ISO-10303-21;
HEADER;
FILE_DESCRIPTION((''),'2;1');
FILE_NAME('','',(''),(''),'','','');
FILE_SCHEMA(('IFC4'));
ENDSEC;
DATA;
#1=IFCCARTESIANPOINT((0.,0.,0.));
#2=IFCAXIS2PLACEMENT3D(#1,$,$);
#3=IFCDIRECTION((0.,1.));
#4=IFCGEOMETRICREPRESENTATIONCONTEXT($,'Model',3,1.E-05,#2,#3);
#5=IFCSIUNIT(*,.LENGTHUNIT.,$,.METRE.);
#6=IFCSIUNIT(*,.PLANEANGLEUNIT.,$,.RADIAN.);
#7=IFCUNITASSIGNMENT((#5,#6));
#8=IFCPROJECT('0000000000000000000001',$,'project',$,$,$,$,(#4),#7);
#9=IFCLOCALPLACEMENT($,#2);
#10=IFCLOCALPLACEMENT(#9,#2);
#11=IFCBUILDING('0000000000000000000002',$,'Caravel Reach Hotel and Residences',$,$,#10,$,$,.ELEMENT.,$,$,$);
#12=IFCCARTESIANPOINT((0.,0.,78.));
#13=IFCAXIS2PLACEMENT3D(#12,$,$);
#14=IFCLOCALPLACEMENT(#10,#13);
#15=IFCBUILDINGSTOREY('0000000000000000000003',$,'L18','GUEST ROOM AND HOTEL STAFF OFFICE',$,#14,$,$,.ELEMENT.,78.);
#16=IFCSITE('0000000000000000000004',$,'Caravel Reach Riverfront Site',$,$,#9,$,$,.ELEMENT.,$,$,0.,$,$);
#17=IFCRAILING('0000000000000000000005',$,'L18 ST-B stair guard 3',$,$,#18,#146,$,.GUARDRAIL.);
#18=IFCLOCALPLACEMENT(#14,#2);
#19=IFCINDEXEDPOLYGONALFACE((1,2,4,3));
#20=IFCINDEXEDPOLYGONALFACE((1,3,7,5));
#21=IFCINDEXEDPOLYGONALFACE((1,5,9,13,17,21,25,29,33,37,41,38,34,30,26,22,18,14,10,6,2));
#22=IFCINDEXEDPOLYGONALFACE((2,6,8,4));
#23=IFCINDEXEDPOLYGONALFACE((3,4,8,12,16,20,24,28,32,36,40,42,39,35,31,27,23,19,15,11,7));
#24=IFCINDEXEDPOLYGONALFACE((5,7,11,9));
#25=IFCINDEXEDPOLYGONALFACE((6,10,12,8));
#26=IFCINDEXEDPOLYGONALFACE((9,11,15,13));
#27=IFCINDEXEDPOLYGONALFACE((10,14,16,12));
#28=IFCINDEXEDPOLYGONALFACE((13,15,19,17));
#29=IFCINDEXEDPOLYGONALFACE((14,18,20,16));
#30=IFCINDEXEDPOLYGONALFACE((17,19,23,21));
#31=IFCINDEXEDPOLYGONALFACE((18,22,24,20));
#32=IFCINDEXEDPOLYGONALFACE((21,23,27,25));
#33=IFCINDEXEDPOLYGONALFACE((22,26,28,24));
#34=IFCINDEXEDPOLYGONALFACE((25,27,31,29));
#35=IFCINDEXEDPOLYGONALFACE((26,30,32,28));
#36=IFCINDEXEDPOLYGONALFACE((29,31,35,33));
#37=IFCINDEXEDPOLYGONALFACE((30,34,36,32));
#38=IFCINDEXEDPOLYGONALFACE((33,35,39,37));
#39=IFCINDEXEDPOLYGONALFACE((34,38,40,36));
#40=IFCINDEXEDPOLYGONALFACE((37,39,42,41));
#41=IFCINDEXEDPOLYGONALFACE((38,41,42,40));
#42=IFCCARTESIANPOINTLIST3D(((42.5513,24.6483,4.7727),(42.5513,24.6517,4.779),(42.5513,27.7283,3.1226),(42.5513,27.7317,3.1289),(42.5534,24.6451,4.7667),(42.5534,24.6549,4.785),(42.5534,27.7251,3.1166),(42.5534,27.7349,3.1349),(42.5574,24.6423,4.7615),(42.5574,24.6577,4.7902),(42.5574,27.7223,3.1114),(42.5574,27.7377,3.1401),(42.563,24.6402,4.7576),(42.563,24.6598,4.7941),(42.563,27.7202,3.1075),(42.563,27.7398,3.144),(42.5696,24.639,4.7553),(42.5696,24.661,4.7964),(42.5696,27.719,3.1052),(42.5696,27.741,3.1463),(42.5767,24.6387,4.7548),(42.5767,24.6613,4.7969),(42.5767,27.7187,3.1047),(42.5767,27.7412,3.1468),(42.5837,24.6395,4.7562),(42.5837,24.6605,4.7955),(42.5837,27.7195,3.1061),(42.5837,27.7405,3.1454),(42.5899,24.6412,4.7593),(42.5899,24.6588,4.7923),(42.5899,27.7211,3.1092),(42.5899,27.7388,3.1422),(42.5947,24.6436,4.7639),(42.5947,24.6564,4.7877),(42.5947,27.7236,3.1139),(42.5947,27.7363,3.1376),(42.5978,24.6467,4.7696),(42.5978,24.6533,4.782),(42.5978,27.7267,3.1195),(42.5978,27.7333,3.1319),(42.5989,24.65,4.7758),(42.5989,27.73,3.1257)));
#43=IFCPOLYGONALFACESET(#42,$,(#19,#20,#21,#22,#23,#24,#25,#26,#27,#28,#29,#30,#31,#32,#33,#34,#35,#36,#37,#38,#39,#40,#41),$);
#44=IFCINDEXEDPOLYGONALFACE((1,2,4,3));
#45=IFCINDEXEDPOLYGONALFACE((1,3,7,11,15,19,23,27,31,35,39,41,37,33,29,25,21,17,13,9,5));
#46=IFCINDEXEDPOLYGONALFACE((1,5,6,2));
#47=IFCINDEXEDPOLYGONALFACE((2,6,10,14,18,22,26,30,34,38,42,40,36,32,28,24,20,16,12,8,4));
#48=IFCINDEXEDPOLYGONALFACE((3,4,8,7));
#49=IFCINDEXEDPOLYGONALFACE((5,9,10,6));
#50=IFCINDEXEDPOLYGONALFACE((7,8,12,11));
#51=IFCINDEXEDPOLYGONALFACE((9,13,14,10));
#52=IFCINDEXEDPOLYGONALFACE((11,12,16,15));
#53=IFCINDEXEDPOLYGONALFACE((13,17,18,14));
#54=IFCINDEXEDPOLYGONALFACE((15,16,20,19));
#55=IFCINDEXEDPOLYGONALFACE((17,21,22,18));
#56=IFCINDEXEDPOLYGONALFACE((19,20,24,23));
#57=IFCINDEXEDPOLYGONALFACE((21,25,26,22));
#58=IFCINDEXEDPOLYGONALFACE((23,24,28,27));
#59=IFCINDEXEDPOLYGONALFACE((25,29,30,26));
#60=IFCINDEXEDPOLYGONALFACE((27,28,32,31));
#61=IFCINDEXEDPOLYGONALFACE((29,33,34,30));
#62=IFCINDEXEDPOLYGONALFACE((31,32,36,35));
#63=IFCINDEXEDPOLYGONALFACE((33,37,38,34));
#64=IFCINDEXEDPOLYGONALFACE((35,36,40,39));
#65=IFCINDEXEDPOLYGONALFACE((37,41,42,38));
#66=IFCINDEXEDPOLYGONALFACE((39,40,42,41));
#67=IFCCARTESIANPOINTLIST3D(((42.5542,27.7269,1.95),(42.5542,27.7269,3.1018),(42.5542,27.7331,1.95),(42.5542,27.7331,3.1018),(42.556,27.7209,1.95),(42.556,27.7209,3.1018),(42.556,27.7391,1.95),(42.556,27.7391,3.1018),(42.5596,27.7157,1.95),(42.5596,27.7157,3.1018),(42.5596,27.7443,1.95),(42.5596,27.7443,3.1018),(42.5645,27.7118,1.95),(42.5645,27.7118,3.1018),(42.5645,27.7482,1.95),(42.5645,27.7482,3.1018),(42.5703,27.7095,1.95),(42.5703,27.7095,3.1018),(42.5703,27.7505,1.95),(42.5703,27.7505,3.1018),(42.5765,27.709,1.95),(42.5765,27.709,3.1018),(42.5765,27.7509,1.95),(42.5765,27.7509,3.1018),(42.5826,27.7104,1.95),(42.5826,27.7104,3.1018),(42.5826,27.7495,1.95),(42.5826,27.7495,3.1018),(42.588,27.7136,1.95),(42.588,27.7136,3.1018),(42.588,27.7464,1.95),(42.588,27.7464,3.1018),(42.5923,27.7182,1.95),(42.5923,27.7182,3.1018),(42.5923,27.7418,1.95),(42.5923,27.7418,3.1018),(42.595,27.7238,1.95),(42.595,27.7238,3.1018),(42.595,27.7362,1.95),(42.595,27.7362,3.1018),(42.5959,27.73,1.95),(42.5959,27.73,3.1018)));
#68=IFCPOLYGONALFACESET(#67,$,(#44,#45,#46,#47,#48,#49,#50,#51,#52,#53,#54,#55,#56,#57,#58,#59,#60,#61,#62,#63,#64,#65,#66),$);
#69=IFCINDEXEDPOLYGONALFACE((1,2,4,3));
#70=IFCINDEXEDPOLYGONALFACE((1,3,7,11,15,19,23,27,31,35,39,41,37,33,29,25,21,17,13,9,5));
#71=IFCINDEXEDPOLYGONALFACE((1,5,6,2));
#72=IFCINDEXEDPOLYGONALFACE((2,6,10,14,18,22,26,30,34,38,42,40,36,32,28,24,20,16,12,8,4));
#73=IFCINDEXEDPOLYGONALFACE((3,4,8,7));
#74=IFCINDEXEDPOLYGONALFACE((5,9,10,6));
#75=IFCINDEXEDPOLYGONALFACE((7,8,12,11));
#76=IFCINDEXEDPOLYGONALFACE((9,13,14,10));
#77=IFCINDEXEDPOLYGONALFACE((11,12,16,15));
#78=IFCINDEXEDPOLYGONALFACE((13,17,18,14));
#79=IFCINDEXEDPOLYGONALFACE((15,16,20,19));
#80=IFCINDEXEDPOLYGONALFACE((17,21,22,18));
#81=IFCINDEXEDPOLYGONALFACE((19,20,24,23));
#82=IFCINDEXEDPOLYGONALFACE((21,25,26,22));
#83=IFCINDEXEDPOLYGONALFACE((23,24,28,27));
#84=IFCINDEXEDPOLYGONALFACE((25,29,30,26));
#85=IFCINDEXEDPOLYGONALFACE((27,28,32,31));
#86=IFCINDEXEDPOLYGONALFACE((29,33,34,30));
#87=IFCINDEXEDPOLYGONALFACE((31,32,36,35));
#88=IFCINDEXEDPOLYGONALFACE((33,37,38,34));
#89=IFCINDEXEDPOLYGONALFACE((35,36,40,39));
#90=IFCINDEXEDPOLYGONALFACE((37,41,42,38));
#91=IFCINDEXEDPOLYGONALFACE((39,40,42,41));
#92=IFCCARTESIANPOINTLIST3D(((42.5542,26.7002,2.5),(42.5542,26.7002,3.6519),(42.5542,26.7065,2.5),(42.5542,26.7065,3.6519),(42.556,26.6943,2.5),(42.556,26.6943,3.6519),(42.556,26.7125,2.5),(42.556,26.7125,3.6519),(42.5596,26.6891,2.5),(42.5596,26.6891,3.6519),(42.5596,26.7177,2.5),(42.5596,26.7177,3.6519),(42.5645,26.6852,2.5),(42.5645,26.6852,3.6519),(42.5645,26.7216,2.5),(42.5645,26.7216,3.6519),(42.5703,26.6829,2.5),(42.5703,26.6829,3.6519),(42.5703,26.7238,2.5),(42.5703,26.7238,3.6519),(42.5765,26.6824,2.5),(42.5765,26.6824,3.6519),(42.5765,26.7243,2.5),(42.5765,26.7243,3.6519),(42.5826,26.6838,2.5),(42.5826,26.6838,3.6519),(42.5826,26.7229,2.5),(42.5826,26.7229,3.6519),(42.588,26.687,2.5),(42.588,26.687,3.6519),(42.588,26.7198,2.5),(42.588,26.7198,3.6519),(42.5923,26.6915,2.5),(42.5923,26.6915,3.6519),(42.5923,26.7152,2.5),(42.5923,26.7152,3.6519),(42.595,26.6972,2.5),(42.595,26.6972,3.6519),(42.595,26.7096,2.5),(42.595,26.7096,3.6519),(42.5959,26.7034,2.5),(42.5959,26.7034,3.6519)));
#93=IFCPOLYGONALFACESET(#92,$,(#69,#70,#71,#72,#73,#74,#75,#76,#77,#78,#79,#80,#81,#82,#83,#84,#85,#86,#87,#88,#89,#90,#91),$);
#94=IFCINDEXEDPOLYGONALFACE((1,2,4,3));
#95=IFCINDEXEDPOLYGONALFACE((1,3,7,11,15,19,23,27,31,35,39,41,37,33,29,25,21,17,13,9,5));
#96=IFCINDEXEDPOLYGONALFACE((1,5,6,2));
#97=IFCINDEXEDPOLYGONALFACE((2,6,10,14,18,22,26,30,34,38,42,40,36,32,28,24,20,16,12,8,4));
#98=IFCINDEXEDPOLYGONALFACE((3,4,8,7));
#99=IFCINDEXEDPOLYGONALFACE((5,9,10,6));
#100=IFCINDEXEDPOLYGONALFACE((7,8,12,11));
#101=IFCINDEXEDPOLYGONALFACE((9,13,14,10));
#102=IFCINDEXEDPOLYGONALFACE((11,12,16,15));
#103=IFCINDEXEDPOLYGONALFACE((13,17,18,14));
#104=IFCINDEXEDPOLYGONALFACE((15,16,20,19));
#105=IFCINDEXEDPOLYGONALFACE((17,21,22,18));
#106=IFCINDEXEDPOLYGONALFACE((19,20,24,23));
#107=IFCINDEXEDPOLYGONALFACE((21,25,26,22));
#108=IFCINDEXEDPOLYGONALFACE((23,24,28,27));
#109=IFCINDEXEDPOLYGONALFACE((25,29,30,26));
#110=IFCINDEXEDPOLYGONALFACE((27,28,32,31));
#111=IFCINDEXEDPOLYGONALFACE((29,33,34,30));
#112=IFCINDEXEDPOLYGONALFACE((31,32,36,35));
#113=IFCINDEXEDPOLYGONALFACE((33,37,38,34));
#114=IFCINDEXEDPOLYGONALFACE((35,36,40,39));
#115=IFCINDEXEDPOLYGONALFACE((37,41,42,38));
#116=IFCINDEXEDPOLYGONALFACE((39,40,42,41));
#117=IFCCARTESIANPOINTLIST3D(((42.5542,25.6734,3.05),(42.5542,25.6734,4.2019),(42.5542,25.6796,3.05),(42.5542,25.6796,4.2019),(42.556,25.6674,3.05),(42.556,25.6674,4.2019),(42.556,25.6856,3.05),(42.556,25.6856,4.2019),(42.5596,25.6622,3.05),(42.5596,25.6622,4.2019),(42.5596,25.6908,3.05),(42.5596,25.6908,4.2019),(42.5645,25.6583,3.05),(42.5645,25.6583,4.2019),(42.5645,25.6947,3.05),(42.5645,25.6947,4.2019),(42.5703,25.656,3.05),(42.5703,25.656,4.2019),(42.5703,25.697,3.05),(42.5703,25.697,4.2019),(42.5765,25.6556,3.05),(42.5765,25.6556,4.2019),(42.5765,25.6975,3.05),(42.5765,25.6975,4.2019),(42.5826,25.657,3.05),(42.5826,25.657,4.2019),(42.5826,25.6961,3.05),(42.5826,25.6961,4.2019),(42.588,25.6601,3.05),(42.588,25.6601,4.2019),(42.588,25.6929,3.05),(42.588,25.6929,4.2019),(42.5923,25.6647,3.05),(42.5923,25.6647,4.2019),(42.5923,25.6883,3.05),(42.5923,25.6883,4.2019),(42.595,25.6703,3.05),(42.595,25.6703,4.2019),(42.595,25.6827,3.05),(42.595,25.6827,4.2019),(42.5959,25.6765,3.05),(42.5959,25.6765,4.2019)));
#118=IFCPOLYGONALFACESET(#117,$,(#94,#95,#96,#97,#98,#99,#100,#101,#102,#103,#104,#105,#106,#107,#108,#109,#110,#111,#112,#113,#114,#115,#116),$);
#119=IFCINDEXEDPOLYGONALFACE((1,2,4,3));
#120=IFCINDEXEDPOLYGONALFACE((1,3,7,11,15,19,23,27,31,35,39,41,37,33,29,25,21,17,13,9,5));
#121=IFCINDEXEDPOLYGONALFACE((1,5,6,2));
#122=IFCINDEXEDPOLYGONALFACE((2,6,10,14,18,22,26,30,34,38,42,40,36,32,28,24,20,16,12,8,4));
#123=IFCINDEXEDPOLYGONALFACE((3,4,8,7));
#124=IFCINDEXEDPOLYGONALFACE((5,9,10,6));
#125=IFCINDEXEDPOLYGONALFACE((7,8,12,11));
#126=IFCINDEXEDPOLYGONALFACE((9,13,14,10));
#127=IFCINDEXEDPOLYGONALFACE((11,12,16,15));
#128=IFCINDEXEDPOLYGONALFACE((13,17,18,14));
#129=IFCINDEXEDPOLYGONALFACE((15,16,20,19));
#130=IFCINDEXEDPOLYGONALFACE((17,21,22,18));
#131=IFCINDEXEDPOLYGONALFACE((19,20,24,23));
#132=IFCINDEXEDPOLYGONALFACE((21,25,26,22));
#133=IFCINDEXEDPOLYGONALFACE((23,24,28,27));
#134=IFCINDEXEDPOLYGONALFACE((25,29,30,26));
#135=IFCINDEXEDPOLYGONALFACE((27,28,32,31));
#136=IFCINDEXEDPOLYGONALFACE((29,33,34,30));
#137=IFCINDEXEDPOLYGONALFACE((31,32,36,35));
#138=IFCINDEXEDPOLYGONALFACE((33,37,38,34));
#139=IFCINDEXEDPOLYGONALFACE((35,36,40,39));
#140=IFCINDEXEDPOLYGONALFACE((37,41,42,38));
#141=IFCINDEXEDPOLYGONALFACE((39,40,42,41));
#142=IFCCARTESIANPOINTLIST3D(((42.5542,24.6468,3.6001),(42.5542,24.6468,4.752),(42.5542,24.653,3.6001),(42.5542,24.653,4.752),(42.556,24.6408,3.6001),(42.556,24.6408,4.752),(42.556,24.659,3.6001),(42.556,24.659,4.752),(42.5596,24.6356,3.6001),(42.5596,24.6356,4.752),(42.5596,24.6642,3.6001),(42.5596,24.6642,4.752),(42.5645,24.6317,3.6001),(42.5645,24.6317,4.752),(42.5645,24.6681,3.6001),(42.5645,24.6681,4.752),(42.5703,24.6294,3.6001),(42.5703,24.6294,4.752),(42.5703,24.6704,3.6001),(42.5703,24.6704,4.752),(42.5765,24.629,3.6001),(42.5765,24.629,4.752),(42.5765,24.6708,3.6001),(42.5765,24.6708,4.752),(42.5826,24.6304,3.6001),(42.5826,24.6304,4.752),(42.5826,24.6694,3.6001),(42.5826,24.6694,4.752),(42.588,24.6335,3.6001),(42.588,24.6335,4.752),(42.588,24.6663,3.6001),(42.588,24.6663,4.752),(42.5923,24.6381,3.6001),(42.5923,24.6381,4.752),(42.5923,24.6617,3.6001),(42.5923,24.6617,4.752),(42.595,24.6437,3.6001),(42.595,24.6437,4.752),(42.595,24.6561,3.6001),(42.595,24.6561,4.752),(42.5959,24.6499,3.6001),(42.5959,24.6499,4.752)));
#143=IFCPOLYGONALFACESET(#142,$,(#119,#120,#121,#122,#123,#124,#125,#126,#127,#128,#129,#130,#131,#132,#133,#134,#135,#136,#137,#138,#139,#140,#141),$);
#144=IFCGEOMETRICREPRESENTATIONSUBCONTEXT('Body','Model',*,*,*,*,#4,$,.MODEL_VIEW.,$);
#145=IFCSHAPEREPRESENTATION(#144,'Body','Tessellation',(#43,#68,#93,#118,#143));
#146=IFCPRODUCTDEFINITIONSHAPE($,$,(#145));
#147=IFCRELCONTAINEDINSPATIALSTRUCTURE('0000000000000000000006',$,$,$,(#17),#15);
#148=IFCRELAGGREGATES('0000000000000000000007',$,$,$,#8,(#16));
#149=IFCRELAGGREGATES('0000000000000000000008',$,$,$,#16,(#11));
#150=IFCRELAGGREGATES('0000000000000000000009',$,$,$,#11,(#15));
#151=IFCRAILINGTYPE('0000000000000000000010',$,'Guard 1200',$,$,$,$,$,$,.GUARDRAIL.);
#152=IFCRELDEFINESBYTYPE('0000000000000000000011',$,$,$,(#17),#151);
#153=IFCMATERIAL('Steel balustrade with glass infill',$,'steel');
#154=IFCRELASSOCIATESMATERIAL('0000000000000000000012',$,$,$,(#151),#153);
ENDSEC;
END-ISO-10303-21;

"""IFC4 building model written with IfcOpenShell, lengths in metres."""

from ifc_helpers import new_model, si_unit, direction, frame, origin, origin_2d, place, context, subcontext, project, spatial, circle, extrude, material, type_object, element, save


model = new_model("IFC4")

# Units and contexts
model_context = context("Model", 3, precision=1e-05, world=origin(), true_north=direction((0.0, 1.0)))
body_context = subcontext(model_context, "Body", "Model", "MODEL_VIEW")
ifc_project = project(units=[si_unit("LENGTHUNIT", "METRE"), si_unit("PLANEANGLEUNIT", "RADIAN")], contexts=[model_context])

# Site, building, storey
site_placement = place(None, origin())
site = spatial("IfcSite", under=ifc_project, at=site_placement, Name="Caravel Reach Riverfront Site", CompositionType="ELEMENT", RefElevation=0.0)
building_placement = place(site_placement, origin())
building = spatial("IfcBuilding", under=site, at=building_placement, Name="Caravel Reach Hotel and Residences", CompositionType="ELEMENT")
storey_placement = place(building_placement, frame((0.0, 0.0, 78.0)))
storey = spatial("IfcBuildingStorey", under=building, at=storey_placement, Name="L18", Description="GUEST ROOM AND HOTEL STAFF OFFICE", CompositionType="ELEMENT", Elevation=78.0)

# Railing
ifc_material_1 = material(Name="Steel balustrade with glass infill", Category="steel")
railing_type_1 = type_object("IfcRailingType", Name="Guard 1200", PredefinedType="GUARDRAIL", material=ifc_material_1)
railing_1_placement = place(storey_placement, frame((42.575, 27.73, 1.95)))
element("IfcRailing", 1, at=railing_1_placement, inside=storey, type_object=railing_type_1, Name="L18 ST-B stair guard 3", PredefinedType="GUARDRAIL", context=body_context, shape_type="SweptSolid", body=[
    extrude(circle(Radius=0.0239, at=origin_2d()), frame((0.0, 0.0, 1.1758), z_axis=(0.0, -0.881468, 0.472245), x_axis=(1.0, 0.0, 0.0)), (0.0, 0.0, 1.0), 3.4941),
    extrude(circle(Radius=0.021, at=origin_2d()), origin(), (0.0, 0.0, 1.0), 1.1519),
    extrude(circle(Radius=0.021, at=origin_2d()), frame((0.0, -1.0266, 0.55)), (0.0, 0.0, 1.0), 1.1519),
    extrude(circle(Radius=0.021, at=origin_2d()), frame((0.0, -2.0535, 1.1001)), (0.0, 0.0, 1.0), 1.1519),
    extrude(circle(Radius=0.021, at=origin_2d()), frame((0.0, -3.0801, 1.6501)), (0.0, 0.0, 1.0), 1.1519),
])

save(model, "model.ifc")
